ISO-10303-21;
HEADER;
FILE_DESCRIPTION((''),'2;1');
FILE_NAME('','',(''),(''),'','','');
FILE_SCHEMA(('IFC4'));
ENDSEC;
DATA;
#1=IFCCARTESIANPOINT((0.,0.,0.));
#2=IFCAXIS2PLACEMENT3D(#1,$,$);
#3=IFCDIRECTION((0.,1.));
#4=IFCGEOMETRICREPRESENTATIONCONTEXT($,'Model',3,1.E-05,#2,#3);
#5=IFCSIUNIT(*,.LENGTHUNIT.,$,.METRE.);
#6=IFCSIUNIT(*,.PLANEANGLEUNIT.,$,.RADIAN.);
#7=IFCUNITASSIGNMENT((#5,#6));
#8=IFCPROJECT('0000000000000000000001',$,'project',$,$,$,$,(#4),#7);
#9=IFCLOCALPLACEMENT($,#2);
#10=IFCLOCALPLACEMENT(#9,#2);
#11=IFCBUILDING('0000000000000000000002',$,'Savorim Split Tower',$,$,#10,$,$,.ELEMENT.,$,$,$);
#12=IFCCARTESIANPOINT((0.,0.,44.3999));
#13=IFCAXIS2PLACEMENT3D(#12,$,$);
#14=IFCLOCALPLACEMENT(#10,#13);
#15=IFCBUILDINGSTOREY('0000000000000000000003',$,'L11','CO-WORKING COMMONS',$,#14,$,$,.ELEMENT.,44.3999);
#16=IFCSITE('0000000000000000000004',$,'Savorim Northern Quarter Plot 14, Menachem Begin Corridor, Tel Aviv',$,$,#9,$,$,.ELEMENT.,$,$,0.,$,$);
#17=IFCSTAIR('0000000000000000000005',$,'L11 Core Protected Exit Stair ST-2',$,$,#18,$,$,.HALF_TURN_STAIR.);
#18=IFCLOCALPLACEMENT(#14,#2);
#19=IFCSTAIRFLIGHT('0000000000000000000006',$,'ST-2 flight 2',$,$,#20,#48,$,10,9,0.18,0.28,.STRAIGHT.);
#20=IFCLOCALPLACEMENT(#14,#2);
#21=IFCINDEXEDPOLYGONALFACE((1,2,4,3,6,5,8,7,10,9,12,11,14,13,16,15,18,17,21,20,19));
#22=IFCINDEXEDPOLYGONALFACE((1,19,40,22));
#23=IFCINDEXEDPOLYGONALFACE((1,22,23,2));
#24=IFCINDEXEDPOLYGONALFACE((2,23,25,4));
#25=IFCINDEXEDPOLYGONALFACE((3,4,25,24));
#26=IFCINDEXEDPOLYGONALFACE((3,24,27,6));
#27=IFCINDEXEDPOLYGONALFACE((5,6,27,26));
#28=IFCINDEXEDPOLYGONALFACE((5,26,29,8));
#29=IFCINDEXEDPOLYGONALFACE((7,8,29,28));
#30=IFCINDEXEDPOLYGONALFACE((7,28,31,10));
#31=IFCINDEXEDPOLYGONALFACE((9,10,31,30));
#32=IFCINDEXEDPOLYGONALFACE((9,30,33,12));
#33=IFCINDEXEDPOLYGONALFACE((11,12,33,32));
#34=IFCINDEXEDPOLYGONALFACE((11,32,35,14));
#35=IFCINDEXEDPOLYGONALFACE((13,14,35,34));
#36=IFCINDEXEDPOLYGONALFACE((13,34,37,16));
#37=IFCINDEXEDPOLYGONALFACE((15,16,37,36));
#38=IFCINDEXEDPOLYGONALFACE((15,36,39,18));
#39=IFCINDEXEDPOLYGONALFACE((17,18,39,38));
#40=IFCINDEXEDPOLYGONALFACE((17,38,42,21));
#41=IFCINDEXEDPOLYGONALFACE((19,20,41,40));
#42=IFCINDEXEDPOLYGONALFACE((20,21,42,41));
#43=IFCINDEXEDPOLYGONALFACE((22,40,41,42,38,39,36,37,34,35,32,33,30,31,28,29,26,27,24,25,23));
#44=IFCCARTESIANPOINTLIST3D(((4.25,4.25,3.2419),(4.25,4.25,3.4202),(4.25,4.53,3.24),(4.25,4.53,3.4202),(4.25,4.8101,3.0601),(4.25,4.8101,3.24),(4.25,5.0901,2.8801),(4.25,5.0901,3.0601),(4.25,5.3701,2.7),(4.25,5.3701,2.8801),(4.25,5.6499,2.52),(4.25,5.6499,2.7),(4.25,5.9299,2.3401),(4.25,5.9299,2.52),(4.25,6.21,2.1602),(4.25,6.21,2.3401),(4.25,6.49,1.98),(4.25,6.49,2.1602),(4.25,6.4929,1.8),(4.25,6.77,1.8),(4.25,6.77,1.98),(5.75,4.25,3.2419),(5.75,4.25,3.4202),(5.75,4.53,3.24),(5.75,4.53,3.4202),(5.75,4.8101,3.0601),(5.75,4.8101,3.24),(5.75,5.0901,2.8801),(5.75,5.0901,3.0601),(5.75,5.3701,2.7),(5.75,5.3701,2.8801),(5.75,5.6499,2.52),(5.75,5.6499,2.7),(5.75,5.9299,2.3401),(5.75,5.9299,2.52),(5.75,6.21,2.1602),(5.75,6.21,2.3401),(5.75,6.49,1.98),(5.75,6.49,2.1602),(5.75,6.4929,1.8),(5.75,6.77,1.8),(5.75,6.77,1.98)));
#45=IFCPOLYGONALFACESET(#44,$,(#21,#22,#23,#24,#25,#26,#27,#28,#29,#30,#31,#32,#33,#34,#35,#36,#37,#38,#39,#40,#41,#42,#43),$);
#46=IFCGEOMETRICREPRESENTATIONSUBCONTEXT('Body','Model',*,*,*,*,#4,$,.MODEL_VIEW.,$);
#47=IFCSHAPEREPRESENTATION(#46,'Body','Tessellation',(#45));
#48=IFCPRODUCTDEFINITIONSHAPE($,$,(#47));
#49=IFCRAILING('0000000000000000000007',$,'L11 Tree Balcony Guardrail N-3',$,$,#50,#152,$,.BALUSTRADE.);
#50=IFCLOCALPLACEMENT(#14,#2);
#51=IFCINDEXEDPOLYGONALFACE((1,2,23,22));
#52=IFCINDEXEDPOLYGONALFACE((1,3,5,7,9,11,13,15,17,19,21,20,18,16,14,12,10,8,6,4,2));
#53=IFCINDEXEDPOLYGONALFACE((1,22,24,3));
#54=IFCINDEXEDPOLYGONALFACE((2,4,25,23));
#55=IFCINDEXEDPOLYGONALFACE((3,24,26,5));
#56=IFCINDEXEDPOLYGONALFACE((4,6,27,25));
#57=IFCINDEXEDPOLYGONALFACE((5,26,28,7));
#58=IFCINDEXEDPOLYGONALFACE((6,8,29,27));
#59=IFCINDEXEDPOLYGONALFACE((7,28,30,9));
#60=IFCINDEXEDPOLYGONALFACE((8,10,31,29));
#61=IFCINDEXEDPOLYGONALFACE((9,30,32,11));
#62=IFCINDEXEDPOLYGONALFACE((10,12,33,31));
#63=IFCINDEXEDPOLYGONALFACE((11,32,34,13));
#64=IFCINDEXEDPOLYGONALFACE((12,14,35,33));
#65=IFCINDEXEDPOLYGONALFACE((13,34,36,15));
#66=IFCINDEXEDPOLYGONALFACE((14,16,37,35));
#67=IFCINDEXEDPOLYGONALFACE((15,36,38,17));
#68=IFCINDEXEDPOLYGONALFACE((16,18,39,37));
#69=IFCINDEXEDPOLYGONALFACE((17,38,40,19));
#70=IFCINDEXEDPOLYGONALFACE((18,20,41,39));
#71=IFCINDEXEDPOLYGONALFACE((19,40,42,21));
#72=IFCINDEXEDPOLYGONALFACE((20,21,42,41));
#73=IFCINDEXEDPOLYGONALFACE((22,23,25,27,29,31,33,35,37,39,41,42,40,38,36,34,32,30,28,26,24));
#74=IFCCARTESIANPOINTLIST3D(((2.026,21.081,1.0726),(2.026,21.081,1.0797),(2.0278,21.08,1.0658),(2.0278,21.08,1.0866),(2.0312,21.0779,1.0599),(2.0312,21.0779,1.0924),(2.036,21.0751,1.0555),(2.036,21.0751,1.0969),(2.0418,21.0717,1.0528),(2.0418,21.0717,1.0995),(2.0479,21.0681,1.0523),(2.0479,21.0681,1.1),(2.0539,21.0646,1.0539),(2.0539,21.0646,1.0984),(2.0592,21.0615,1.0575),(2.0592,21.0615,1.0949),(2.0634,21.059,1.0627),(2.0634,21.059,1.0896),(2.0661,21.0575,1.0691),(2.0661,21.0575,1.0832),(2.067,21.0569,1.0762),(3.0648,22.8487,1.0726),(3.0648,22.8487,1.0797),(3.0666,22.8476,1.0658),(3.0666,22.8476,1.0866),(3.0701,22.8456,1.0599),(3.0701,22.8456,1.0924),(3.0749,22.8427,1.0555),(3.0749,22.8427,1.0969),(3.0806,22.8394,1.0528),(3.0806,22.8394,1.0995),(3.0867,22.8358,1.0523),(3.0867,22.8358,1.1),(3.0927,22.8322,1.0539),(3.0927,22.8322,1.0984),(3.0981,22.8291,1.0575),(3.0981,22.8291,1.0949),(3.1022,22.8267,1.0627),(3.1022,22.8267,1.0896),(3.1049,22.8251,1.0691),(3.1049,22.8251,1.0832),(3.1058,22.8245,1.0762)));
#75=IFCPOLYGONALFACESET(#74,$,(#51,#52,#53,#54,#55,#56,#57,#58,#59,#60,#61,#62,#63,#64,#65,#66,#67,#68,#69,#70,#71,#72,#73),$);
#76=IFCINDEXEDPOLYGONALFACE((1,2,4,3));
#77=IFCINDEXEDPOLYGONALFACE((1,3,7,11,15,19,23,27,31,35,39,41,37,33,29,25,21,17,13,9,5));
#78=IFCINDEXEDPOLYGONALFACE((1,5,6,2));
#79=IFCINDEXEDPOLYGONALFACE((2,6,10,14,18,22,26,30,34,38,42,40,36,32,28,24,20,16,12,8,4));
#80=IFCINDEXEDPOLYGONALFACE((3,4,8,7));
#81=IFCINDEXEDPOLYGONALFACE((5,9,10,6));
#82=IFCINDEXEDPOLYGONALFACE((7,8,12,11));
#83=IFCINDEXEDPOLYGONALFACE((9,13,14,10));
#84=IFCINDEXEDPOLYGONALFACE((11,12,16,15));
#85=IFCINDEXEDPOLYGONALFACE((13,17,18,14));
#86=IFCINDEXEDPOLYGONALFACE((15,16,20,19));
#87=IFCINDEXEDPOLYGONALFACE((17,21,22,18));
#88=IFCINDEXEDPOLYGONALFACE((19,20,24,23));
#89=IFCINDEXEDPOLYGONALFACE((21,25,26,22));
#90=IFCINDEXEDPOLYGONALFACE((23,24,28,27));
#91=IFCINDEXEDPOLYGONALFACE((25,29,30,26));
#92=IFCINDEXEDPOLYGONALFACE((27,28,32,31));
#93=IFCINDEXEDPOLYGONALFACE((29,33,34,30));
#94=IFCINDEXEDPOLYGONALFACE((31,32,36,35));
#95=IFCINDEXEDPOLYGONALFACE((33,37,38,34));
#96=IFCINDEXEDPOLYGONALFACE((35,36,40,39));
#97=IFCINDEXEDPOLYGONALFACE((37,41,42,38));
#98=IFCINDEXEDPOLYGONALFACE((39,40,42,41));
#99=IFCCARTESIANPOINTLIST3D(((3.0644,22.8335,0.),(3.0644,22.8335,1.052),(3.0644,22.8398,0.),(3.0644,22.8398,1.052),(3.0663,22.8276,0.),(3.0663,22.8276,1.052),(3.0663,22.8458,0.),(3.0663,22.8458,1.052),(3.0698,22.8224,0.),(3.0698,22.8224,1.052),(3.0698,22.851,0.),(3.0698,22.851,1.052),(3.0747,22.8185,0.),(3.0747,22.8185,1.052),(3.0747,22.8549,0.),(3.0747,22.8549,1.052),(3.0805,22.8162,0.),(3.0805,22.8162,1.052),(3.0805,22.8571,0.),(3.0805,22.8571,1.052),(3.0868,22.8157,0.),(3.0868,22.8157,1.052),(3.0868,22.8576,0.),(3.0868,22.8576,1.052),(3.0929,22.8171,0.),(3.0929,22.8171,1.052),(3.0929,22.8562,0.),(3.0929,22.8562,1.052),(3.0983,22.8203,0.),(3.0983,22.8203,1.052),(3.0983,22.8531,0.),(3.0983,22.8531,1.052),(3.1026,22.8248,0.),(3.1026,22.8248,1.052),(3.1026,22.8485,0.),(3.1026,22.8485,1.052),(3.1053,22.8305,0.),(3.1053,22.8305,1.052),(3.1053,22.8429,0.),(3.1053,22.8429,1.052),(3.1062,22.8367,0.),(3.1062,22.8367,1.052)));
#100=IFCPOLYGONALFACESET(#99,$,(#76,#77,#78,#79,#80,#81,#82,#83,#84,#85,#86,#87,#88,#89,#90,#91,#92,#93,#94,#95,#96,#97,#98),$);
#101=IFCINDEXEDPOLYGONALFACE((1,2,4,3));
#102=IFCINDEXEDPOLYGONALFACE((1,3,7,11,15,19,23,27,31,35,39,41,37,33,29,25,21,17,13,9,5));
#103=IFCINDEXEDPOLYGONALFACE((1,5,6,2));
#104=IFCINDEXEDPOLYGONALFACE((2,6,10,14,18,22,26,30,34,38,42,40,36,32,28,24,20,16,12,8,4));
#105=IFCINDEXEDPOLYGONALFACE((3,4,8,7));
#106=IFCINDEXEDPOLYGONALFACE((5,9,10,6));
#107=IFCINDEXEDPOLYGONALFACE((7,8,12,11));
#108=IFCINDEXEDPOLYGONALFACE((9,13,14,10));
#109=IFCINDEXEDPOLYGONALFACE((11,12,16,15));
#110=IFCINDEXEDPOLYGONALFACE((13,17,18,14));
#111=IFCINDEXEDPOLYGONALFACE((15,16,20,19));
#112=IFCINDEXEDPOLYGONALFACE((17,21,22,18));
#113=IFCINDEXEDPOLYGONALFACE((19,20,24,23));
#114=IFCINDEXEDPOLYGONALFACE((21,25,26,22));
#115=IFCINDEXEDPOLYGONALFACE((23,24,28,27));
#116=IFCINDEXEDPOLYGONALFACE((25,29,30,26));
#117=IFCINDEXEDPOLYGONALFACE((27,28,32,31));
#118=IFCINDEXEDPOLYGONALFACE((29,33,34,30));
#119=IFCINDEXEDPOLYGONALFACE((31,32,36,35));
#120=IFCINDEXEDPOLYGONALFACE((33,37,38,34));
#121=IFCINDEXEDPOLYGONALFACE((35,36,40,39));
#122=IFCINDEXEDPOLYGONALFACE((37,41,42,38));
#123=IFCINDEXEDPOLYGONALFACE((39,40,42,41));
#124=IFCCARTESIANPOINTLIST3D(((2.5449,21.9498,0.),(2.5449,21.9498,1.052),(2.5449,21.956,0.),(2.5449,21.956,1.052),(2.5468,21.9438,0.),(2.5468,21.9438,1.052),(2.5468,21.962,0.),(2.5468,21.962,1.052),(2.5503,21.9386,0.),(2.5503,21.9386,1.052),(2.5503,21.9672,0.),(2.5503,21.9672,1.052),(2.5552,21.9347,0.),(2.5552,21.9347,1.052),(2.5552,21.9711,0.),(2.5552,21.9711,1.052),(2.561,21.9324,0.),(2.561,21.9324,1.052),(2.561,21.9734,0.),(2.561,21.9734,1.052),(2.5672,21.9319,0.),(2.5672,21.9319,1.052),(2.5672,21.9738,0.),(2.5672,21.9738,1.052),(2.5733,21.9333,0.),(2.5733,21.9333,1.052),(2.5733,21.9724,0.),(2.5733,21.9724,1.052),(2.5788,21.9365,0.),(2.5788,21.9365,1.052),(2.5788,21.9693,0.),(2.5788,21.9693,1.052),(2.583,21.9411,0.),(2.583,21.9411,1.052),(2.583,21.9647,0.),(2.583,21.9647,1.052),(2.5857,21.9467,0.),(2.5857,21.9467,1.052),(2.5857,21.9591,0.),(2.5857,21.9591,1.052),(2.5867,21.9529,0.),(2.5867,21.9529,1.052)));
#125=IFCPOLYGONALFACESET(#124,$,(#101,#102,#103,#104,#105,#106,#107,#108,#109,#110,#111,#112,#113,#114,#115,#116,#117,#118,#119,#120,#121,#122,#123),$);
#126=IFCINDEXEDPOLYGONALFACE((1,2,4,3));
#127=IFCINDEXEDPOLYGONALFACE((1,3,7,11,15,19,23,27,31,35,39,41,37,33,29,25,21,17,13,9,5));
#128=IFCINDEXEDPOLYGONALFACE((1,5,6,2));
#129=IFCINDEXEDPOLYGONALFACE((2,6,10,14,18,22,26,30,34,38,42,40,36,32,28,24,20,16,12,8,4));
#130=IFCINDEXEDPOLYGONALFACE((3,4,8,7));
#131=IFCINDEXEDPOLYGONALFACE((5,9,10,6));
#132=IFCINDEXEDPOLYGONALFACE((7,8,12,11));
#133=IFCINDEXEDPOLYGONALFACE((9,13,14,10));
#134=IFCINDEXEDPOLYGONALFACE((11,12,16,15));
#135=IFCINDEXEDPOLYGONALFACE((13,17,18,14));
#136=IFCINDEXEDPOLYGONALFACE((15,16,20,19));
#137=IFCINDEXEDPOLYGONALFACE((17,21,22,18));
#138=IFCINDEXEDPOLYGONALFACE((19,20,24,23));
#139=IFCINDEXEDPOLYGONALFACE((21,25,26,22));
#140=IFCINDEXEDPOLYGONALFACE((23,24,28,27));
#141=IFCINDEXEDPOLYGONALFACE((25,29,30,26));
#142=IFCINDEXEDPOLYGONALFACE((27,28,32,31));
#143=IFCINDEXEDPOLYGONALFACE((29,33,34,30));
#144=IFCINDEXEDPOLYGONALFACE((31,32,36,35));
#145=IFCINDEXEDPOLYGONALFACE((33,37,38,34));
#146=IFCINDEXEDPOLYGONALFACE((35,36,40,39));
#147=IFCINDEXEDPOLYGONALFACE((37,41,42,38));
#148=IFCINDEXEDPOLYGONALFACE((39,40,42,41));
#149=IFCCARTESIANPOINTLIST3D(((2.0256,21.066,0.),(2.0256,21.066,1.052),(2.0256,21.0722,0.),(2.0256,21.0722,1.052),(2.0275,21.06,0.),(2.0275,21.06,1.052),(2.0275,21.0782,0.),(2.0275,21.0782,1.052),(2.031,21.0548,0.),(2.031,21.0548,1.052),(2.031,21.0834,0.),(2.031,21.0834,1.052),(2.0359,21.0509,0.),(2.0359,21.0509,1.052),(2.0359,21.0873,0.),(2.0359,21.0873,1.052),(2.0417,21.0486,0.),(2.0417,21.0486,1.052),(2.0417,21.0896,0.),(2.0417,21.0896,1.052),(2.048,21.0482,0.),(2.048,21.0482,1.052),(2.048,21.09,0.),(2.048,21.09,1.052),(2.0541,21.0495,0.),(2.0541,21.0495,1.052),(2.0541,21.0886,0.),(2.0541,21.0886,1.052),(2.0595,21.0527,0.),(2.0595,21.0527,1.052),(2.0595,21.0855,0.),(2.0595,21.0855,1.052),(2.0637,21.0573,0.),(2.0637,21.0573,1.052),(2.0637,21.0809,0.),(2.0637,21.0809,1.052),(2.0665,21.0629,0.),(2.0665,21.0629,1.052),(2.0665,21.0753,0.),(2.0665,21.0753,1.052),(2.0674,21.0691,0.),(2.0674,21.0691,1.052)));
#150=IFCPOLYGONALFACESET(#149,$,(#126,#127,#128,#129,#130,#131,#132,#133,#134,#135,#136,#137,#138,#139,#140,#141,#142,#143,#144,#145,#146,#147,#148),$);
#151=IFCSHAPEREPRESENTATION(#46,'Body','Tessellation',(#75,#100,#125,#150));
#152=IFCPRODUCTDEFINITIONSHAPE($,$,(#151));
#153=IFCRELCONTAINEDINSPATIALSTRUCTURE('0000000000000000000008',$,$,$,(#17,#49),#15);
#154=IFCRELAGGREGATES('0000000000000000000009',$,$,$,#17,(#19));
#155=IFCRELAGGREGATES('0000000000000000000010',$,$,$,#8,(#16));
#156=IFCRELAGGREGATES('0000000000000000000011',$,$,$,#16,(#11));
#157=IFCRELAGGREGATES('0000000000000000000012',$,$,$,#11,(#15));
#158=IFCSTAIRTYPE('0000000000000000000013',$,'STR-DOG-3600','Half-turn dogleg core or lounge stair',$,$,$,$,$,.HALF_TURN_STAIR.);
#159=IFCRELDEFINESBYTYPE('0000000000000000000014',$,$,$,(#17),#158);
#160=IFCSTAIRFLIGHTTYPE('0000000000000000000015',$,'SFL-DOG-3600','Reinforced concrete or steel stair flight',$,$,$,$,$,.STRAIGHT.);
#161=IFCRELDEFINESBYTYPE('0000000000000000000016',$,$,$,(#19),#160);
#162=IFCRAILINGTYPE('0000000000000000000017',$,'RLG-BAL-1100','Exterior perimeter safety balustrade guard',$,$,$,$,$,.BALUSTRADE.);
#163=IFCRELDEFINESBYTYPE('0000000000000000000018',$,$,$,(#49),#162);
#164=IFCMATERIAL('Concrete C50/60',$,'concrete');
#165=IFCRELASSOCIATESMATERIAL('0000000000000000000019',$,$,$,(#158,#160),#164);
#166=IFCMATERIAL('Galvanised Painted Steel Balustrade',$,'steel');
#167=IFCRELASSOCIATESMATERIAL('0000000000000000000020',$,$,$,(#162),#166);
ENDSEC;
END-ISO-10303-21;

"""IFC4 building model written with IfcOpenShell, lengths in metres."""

from ifc_helpers import new_model, si_unit, direction, frame, origin, origin_2d, place, context, subcontext, project, spatial, polyline, circle, outline, extrude, material, type_object, element, aggregate, save


model = new_model("IFC4")

# Units and contexts
model_context = context("Model", 3, precision=1e-05, world=origin(), true_north=direction((0.0, 1.0)))
body_context = subcontext(model_context, "Body", "Model", "MODEL_VIEW")
ifc_project = project(units=[si_unit("LENGTHUNIT", "METRE"), si_unit("PLANEANGLEUNIT", "RADIAN")], contexts=[model_context])

# Site, building, storey
site_placement = place(None, origin())
site = spatial("IfcSite", under=ifc_project, at=site_placement, Name="Savorim Northern Quarter Plot 14, Menachem Begin Corridor, Tel Aviv", CompositionType="ELEMENT", RefElevation=0.0)
building_placement = place(site_placement, origin())
building = spatial("IfcBuilding", under=site, at=building_placement, Name="Savorim Split Tower", CompositionType="ELEMENT")
storey_placement = place(building_placement, frame((0.0, 0.0, 44.3999)))
storey = spatial("IfcBuildingStorey", under=building, at=storey_placement, Name="L11", Description="CO-WORKING COMMONS", CompositionType="ELEMENT", Elevation=44.3999)

# Stair, stair flight
ifc_material_1 = material(Name="Concrete C50/60", Category="concrete")
stair_type = type_object("IfcStairType", Name="STR-DOG-3600", Description="Half-turn dogleg core or lounge stair", PredefinedType="HALF_TURN_STAIR", material=ifc_material_1)
stair_placement = place(storey_placement, origin())
stair = element("IfcStair", 1, at=stair_placement, inside=storey, type_object=stair_type, Name="L11 Core Protected Exit Stair ST-2", PredefinedType="HALF_TURN_STAIR")
stair_flight_type = type_object("IfcStairFlightType", Name="SFL-DOG-3600", Description="Reinforced concrete or steel stair flight", PredefinedType="STRAIGHT", material=ifc_material_1)
stair_flight_placement = place(storey_placement, frame((5.0, 6.77, 1.8), z_axis=(0.0, 0.0, 1.0), x_axis=(0.0, -1.0, 0.0)))
stair_flight = element("IfcStairFlight", 2, at=stair_flight_placement, type_object=stair_flight_type, Name="ST-2 flight 2", NumberOfRisers=10, NumberOfTreads=9, PredefinedType="STRAIGHT", RiserHeight=0.18, TreadLength=0.28, context=body_context, shape_type="SweptSolid", body=[
    extrude(outline(polyline([(0.0, 0.0), (0.0, 0.1799), (0.28, 0.1799), (0.28, 0.3601), (0.5601, 0.3601), (0.5601, 0.54), (0.8401, 0.54), (0.8401, 0.72), (1.1201, 0.72), (1.1201, 0.8999), (1.3999, 0.8999), (1.3999, 1.0801), (1.6799, 1.0801), (1.6799, 1.26), (1.96, 1.26), (1.96, 1.4399), (2.24, 1.4399), (2.24, 1.6201), (2.52, 1.6201), (2.52, 1.8), (2.52, 1.4419), (0.2771, 0.0), (0.0, 0.0)])), frame((0.0, 0.75, 0.0), z_axis=(0.0, -1.0, 0.0), x_axis=(1.0, 0.0, 0.0)), (0.0, 0.0, 1.0), 1.5),
])
aggregate(stair, [stair_flight])

# Railing
ifc_material_2 = material(Name="Galvanised Painted Steel Balustrade", Category="steel")
railing_type_1 = type_object("IfcRailingType", Name="RLG-BAL-1100", Description="Exterior perimeter safety balustrade guard", PredefinedType="BALUSTRADE", material=ifc_material_2)
railing_1_placement = place(storey_placement, frame((3.0852, 22.8367, 0.0)))
element("IfcRailing", 3, at=railing_1_placement, inside=storey, type_object=railing_type_1, Name="L11 Tree Balcony Guardrail N-3", PredefinedType="BALUSTRADE", context=body_context, shape_type="SweptSolid", body=[
    extrude(circle(Radius=0.0239, at=origin_2d()), frame((0.0, 0.0, 1.0762), z_axis=(-0.506682, -0.862133, 0.0), x_axis=(0.862133, -0.506682, 0.0)), (0.0, 0.0, 1.0), 2.0503),
    extrude(circle(Radius=0.021, at=origin_2d()), origin(), (0.0, 0.0, 1.0), 1.052),
    extrude(circle(Radius=0.021, at=origin_2d()), frame((-0.5195, -0.8838, 0.0)), (0.0, 0.0, 1.0), 1.052),
    extrude(circle(Radius=0.021, at=origin_2d()), frame((-1.0388, -1.7676, 0.0)), (0.0, 0.0, 1.0), 1.052),
])

save(model, "model.ifc")
